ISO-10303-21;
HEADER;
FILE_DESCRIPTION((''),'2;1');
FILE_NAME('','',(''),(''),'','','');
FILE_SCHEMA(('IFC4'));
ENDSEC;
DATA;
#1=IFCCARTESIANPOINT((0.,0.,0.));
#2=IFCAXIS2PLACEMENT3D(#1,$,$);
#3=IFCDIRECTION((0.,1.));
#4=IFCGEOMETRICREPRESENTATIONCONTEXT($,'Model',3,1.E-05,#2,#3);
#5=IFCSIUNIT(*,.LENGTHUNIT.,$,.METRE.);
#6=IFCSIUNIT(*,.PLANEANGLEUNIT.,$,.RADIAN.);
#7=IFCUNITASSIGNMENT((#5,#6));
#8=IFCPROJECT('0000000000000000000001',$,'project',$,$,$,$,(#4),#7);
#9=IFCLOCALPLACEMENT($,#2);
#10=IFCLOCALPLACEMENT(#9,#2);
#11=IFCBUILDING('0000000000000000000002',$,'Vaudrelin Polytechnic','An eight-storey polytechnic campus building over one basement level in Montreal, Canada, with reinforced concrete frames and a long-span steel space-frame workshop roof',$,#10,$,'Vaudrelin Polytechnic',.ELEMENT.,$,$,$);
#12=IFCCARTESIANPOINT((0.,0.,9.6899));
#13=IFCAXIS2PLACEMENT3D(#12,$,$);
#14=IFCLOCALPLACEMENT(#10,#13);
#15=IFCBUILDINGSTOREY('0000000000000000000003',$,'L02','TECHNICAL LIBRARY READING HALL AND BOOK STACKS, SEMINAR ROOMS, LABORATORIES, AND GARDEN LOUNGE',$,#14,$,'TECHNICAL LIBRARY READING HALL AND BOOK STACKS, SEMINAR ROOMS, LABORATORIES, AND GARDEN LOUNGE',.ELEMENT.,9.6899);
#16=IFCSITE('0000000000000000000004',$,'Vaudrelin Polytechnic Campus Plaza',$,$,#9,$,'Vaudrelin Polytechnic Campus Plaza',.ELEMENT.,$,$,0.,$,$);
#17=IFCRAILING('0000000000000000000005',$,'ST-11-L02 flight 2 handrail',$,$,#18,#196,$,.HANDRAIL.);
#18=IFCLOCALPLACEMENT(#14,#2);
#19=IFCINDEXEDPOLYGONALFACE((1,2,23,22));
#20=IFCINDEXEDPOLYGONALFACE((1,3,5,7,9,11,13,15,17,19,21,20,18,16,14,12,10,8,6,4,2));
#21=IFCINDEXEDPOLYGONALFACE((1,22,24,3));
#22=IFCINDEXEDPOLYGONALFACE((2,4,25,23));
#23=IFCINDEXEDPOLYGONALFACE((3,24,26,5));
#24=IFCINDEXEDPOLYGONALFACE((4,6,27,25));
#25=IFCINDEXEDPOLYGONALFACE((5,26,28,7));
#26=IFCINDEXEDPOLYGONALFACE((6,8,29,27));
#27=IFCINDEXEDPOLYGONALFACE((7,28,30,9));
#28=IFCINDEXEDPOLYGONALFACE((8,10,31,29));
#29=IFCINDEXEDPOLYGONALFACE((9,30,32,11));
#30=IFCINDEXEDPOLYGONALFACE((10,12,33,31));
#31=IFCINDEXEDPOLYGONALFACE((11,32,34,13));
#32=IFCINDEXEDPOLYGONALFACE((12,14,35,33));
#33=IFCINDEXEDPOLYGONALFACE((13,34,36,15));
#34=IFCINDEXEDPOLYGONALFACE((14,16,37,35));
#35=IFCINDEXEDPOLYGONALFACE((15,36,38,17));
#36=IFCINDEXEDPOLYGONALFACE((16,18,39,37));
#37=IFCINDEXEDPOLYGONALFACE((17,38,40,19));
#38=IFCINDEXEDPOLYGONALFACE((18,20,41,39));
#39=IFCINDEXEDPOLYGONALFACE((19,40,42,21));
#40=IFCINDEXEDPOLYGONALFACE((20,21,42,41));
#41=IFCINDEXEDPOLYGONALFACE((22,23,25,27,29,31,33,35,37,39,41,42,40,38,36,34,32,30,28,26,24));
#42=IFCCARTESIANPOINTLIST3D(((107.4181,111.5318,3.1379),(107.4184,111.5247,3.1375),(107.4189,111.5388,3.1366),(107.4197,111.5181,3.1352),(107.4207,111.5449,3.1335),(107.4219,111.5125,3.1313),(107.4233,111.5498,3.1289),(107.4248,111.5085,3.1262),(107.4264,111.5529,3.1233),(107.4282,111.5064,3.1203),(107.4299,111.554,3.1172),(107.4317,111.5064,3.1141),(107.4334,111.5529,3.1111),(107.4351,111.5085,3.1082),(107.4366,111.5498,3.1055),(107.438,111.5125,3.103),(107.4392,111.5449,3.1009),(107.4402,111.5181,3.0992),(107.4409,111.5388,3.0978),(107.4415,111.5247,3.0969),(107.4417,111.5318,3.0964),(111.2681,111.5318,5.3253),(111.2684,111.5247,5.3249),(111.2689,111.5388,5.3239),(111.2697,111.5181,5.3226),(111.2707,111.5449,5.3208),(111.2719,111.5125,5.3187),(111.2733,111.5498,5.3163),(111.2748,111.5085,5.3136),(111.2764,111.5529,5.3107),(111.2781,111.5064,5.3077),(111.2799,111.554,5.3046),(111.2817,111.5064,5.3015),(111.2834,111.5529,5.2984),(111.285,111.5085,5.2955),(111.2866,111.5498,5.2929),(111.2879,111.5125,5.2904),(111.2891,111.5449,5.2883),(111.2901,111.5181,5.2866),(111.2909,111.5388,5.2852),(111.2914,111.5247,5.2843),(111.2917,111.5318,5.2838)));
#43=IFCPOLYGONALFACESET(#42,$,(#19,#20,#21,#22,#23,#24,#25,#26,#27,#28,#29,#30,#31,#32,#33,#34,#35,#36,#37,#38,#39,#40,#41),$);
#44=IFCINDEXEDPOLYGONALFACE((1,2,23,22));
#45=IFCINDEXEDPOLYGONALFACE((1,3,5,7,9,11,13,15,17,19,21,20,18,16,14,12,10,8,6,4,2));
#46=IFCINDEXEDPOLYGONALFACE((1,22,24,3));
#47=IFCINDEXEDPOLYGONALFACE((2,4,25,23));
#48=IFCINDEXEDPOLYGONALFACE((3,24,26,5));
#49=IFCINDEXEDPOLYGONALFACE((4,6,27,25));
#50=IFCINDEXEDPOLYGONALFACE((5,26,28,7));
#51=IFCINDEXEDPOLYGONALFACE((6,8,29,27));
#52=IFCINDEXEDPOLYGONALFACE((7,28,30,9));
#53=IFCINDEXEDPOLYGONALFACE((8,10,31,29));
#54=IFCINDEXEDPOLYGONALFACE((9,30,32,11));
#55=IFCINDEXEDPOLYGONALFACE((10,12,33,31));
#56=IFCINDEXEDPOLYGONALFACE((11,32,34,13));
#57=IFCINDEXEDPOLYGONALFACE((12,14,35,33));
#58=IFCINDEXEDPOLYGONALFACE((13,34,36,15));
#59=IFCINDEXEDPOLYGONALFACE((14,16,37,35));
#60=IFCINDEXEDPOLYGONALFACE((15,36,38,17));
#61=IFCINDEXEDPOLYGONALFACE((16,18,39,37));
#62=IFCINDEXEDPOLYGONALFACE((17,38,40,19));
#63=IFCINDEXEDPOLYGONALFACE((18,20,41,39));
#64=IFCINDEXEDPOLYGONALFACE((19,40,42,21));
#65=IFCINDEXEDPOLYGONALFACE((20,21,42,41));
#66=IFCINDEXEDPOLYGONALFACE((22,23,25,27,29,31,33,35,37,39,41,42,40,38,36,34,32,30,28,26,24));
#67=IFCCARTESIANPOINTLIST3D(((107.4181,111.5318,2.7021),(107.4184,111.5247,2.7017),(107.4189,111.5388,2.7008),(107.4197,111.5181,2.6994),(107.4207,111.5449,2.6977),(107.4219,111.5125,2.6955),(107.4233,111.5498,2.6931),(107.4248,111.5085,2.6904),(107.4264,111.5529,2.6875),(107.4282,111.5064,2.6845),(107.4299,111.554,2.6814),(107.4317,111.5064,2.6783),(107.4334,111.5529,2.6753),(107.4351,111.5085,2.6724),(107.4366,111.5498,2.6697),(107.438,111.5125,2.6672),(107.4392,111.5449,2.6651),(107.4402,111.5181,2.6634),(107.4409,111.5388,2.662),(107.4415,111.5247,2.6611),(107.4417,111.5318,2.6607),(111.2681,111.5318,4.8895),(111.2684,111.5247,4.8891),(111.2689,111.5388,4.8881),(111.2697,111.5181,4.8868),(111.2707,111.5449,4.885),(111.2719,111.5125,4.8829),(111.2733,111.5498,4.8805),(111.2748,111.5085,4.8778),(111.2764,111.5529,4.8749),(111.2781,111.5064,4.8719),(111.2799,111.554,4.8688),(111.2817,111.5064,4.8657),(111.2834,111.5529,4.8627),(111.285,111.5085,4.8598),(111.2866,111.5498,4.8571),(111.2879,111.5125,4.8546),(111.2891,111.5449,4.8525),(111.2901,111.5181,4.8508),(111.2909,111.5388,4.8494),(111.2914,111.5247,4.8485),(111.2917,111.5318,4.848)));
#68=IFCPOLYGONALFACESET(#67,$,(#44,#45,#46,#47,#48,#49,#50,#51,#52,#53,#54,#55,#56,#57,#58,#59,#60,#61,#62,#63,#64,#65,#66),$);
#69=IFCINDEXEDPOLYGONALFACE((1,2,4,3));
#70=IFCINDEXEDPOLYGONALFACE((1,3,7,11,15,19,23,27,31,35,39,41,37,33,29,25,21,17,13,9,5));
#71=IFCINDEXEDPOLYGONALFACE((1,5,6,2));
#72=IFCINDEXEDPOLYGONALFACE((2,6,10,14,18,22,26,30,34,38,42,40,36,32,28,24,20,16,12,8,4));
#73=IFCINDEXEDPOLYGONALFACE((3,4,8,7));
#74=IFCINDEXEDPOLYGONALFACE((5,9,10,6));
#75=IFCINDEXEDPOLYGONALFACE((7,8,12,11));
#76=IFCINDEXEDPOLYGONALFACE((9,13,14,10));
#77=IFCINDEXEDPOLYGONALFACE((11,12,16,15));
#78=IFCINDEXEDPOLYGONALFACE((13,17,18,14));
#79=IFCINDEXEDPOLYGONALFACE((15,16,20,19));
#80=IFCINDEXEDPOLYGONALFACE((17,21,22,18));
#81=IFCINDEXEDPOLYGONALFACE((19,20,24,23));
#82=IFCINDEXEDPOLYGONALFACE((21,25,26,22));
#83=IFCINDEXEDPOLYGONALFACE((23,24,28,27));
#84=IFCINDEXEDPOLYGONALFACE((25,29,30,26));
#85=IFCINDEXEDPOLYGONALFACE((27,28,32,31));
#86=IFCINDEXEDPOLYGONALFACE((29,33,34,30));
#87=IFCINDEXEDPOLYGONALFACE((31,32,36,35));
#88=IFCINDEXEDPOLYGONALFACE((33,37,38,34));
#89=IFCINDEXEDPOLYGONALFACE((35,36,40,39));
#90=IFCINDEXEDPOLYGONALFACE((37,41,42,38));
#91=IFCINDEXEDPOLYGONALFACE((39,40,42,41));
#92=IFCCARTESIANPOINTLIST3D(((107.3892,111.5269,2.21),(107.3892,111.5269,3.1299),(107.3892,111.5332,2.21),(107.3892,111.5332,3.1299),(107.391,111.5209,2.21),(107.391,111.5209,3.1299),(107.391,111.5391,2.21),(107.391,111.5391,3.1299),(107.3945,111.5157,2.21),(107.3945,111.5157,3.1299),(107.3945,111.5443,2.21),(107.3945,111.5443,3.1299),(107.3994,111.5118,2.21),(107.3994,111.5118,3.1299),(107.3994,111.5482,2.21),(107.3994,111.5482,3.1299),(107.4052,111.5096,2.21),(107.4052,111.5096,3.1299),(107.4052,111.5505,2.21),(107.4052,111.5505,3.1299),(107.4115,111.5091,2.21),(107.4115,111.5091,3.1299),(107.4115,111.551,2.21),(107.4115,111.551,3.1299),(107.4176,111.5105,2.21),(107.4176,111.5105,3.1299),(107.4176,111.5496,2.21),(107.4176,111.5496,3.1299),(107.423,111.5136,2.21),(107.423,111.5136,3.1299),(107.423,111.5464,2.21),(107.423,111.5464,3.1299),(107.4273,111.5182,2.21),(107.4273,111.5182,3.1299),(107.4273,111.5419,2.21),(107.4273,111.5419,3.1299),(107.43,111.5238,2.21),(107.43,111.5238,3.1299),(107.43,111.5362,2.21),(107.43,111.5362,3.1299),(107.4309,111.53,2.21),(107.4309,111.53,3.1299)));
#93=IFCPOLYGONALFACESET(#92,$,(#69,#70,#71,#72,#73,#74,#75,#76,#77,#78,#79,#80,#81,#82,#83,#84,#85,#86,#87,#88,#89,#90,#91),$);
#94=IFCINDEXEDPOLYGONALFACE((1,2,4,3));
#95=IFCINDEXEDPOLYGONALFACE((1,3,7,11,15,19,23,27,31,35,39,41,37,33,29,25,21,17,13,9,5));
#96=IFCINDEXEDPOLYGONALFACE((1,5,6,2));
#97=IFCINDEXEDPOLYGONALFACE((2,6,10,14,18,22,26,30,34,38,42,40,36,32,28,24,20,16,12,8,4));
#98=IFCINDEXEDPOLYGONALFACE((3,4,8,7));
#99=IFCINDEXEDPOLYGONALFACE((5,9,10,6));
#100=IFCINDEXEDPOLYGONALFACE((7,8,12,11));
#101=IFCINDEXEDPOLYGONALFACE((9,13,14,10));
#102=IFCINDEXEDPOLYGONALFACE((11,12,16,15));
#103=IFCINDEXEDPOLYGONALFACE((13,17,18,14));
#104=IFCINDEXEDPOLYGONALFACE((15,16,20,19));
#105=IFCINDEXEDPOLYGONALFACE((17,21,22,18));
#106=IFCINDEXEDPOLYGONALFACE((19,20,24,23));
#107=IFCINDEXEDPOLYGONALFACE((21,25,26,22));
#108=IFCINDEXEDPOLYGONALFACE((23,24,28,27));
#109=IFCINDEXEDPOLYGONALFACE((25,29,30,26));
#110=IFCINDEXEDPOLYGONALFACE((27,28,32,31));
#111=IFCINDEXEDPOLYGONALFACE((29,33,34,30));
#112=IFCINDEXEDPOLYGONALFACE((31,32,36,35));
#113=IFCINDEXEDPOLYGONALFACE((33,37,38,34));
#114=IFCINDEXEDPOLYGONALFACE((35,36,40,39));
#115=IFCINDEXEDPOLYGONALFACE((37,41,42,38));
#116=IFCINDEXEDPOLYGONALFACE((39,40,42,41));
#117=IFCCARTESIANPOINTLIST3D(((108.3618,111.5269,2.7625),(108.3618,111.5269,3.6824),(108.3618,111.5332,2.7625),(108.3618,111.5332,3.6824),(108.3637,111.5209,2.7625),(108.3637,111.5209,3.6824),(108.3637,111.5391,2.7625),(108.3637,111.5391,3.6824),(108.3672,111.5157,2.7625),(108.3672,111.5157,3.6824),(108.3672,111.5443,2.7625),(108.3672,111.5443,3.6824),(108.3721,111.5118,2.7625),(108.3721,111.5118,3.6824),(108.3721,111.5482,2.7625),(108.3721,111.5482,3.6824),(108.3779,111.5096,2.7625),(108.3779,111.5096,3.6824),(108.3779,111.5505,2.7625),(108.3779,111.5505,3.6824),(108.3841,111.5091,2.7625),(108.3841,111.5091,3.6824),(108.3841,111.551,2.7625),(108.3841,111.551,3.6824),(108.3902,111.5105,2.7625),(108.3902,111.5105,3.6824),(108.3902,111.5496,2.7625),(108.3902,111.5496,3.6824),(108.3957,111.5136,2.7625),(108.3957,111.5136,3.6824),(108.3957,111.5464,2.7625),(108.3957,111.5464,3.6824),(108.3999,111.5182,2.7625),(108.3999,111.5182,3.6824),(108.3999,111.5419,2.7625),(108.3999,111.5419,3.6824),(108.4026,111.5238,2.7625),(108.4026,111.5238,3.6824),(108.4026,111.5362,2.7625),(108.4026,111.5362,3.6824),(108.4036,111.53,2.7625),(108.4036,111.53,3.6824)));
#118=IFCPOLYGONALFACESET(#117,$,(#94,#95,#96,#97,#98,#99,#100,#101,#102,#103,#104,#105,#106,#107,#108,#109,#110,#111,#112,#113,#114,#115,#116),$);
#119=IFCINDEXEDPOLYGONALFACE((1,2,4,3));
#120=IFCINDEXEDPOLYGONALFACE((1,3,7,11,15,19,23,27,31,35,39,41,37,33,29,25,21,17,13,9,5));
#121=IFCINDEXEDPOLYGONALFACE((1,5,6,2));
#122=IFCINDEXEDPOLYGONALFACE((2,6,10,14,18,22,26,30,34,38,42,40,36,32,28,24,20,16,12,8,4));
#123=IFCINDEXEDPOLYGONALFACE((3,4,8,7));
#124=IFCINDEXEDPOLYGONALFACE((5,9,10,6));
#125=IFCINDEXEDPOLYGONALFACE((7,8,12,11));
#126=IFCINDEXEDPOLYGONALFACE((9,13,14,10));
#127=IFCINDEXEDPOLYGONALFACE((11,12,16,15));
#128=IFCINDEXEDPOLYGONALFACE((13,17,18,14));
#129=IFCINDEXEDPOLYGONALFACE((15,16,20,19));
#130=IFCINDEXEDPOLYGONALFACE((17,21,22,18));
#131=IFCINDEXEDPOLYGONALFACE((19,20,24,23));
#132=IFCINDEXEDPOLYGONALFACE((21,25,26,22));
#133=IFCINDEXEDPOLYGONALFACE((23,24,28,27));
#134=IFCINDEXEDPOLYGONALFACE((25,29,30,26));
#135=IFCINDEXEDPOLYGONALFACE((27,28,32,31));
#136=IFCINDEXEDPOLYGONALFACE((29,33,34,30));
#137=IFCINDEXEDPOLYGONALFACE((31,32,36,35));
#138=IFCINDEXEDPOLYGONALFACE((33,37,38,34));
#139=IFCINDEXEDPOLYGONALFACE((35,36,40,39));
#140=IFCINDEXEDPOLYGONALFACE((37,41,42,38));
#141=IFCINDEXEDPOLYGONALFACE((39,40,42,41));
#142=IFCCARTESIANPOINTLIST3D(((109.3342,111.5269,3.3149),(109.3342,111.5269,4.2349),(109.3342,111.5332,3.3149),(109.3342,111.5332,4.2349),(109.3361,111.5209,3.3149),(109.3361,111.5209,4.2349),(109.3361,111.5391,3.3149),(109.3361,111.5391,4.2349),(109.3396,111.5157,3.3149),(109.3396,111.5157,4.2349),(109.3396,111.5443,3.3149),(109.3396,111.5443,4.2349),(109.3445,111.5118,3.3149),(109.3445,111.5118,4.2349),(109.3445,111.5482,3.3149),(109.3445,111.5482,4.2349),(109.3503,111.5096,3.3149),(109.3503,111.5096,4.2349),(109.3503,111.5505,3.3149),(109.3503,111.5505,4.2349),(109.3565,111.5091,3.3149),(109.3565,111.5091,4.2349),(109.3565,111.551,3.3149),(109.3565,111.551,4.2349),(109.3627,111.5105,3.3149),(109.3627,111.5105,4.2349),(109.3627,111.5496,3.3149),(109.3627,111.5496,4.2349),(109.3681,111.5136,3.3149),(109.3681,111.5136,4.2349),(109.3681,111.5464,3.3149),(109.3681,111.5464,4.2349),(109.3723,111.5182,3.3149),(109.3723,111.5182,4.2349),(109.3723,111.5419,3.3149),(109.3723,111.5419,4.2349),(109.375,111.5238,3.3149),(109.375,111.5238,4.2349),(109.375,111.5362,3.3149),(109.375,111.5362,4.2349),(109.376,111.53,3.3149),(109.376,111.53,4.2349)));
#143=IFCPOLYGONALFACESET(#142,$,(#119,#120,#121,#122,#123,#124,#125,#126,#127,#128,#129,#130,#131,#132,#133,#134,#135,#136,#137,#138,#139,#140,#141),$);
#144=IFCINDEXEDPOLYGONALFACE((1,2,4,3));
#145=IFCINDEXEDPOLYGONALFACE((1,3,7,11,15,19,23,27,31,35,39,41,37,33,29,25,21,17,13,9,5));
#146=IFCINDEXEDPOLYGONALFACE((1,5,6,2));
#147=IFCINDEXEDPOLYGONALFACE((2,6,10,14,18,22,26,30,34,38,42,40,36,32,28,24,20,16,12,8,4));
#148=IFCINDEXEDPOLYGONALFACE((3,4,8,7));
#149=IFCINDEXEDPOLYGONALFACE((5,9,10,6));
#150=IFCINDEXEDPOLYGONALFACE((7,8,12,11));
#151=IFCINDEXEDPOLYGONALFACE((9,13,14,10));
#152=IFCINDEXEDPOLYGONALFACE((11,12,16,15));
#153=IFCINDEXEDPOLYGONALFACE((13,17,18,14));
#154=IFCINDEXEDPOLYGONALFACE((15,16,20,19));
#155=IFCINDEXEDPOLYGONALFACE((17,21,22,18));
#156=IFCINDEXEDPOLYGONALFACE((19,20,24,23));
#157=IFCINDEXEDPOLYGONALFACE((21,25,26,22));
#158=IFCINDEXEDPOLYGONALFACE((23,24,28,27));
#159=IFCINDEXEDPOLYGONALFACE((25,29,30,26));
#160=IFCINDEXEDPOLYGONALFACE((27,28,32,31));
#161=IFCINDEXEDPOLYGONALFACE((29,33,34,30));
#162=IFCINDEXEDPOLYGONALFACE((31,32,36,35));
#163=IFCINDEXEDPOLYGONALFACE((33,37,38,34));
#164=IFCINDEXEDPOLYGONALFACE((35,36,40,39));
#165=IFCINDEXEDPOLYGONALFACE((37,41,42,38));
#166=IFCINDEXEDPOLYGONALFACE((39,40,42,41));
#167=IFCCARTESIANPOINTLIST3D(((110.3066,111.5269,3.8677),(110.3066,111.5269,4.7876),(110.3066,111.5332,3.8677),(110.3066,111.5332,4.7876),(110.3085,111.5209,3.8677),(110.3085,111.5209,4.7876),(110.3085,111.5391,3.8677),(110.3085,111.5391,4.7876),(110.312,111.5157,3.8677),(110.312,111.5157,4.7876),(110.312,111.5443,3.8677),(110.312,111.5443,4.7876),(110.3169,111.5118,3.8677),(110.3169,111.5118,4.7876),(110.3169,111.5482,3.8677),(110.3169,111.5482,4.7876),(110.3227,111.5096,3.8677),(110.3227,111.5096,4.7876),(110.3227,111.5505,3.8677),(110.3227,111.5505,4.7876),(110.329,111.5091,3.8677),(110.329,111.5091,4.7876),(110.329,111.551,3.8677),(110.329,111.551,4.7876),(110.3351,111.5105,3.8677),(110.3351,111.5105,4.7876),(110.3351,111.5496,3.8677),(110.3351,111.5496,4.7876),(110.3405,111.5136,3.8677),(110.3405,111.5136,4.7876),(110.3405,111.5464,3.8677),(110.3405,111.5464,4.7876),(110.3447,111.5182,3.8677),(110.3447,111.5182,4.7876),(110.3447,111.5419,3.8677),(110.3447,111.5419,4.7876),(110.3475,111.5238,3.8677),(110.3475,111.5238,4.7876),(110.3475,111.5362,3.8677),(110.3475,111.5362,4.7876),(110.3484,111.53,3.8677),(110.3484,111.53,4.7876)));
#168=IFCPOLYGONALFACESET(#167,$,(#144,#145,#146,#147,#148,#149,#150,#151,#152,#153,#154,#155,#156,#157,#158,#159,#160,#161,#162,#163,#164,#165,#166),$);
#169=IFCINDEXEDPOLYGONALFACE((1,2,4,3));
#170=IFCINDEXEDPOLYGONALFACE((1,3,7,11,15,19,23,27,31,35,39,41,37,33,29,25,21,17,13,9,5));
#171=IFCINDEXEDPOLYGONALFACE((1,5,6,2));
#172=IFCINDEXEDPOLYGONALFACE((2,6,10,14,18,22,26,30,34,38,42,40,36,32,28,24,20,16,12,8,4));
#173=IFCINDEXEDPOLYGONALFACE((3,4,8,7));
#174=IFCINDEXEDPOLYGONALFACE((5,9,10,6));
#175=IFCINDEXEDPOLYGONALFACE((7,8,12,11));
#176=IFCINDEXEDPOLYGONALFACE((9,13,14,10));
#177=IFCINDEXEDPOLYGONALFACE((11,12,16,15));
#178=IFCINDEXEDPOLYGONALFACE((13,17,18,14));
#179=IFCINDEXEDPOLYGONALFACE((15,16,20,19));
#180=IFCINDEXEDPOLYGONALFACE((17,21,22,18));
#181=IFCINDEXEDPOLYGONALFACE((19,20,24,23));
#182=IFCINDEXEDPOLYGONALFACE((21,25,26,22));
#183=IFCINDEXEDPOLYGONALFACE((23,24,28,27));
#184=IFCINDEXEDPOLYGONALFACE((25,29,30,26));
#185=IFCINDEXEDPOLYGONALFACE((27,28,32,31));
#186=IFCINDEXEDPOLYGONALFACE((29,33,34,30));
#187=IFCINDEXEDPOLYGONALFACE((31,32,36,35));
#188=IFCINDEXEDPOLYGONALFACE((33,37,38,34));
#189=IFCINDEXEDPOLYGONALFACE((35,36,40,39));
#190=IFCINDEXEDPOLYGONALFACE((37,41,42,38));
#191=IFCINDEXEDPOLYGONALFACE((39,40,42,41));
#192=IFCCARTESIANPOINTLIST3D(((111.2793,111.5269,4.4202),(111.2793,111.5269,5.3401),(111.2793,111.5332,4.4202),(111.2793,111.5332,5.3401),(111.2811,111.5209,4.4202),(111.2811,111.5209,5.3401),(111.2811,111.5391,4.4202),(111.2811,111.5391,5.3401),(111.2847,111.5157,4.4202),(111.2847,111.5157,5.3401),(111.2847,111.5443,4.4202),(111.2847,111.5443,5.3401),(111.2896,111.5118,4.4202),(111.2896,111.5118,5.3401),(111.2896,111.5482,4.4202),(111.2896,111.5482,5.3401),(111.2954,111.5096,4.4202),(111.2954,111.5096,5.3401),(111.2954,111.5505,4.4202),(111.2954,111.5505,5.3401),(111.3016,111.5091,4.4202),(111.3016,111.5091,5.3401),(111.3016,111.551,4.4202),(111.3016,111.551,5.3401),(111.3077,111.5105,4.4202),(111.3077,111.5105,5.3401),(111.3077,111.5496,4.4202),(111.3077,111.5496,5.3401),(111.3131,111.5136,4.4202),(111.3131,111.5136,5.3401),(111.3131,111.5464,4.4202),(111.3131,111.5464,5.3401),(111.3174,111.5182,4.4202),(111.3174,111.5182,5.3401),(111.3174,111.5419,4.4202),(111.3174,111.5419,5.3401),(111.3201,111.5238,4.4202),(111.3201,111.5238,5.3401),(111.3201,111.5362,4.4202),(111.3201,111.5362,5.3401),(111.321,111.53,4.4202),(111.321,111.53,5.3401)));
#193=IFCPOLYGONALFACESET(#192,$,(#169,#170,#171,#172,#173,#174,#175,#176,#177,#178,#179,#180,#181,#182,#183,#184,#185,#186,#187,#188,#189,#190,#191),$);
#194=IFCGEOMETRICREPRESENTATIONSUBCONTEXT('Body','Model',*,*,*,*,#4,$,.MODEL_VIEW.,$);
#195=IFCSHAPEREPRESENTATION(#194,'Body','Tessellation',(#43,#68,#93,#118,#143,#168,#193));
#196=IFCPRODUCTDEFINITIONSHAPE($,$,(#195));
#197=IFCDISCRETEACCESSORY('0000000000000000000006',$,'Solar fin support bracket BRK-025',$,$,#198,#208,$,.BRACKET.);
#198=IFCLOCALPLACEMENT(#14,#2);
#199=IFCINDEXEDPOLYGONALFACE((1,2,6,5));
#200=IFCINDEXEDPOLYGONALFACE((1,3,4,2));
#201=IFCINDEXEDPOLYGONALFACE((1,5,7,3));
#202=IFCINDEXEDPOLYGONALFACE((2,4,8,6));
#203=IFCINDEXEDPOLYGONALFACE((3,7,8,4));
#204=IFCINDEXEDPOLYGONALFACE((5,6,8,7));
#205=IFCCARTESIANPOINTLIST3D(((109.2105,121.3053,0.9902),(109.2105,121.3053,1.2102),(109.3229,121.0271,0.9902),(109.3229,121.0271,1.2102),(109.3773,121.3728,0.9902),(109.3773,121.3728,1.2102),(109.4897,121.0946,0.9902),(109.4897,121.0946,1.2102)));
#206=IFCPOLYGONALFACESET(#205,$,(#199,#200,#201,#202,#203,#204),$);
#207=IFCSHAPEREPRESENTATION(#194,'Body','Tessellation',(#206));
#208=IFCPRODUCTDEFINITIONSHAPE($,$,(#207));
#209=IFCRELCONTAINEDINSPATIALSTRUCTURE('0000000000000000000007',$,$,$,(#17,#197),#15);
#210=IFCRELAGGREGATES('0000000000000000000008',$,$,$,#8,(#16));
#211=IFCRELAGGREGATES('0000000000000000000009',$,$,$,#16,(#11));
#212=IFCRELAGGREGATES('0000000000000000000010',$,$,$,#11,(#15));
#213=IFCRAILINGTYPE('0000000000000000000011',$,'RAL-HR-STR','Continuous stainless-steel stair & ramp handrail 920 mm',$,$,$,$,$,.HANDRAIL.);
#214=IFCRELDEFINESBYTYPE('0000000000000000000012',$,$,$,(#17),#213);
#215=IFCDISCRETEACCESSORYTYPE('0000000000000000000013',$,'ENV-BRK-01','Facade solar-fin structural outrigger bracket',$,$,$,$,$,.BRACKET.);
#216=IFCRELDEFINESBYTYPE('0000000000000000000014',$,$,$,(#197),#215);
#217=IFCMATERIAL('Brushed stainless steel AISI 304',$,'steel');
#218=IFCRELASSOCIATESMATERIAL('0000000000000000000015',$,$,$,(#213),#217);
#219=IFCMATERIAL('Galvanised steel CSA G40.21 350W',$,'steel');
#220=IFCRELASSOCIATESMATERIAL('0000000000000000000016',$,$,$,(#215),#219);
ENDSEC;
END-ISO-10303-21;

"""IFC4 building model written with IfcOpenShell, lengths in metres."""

from ifc_helpers import new_model, si_unit, direction, frame, origin, origin_2d, place, context, subcontext, project, spatial, rectangle, circle, extrude, material, type_object, element, save


model = new_model("IFC4")

# Units and contexts
model_context = context("Model", 3, precision=1e-05, world=origin(), true_north=direction((0.0, 1.0)))
body_context = subcontext(model_context, "Body", "Model", "MODEL_VIEW")
ifc_project = project(units=[si_unit("LENGTHUNIT", "METRE"), si_unit("PLANEANGLEUNIT", "RADIAN")], contexts=[model_context])

# Site, building, storey
site_placement = place(None, origin())
site = spatial("IfcSite", under=ifc_project, at=site_placement, Name="Vaudrelin Polytechnic Campus Plaza", LongName="Vaudrelin Polytechnic Campus Plaza", CompositionType="ELEMENT", RefElevation=0.0)
building_placement = place(site_placement, origin())
building = spatial("IfcBuilding", under=site, at=building_placement, Name="Vaudrelin Polytechnic", Description="An eight-storey polytechnic campus building over one basement level in Montreal, Canada, with reinforced concrete frames and a long-span steel space-frame workshop roof", LongName="Vaudrelin Polytechnic", CompositionType="ELEMENT")
storey_placement = place(building_placement, frame((0.0, 0.0, 9.6899)))
storey = spatial("IfcBuildingStorey", under=building, at=storey_placement, Name="L02", Description="TECHNICAL LIBRARY READING HALL AND BOOK STACKS, SEMINAR ROOMS, LABORATORIES, AND GARDEN LOUNGE", LongName="TECHNICAL LIBRARY READING HALL AND BOOK STACKS, SEMINAR ROOMS, LABORATORIES, AND GARDEN LOUNGE", CompositionType="ELEMENT", Elevation=9.6899)

# Railing
ifc_material_1 = material(Name="Brushed stainless steel AISI 304", Category="steel")
railing_type_1 = type_object("IfcRailingType", Name="RAL-HR-STR", Description="Continuous stainless-steel stair & ramp handrail 920 mm", PredefinedType="HANDRAIL", material=ifc_material_1)
railing_1_placement = place(storey_placement, frame((107.4099, 111.53, 2.21)))
element("IfcRailing", 1, at=railing_1_placement, inside=storey, type_object=railing_type_1, Name="ST-11-L02 flight 2 handrail", PredefinedType="HANDRAIL", context=body_context, shape_type="SweptSolid", body=[
    extrude(circle(Radius=0.0239, at=origin_2d()), frame((0.02, 0.0, 0.9072), z_axis=(0.869466, 0.0, 0.493993), x_axis=(0.0, 1.0, 0.0)), (0.0, 0.0, 1.0), 4.428),
    extrude(circle(Radius=0.0239, at=origin_2d()), frame((0.02, 0.0, 0.4714), z_axis=(0.869466, 0.0, 0.493993), x_axis=(0.0, 1.0, 0.0)), (0.0, 0.0, 1.0), 4.428),
    extrude(circle(Radius=0.021, at=origin_2d()), origin(), (0.0, 0.0, 1.0), 0.9199),
    extrude(circle(Radius=0.021, at=origin_2d()), frame((0.9727, 0.0, 0.5525)), (0.0, 0.0, 1.0), 0.9199),
    extrude(circle(Radius=0.021, at=origin_2d()), frame((1.9451, 0.0, 1.105)), (0.0, 0.0, 1.0), 0.9199),
    extrude(circle(Radius=0.021, at=origin_2d()), frame((2.9175, 0.0, 1.6577)), (0.0, 0.0, 1.0), 0.9199),
    extrude(circle(Radius=0.021, at=origin_2d()), frame((3.8901, 0.0, 2.2102)), (0.0, 0.0, 1.0), 0.9199),
])

# Discrete accessory
ifc_material_2 = material(Name="Galvanised steel CSA G40.21 350W", Category="steel")
discrete_accessory_type = type_object("IfcDiscreteAccessoryType", Name="ENV-BRK-01", Description="Facade solar-fin structural outrigger bracket", PredefinedType="BRACKET", material=ifc_material_2)
discrete_accessory_placement = place(storey_placement, frame((109.3501, 121.2, 0.9902), z_axis=(0.0, 0.0, 1.0), x_axis=(0.374607, -0.927184, 0.0)))
element("IfcDiscreteAccessory", 2, at=discrete_accessory_placement, inside=storey, type_object=discrete_accessory_type, Name="Solar fin support bracket BRK-025", PredefinedType="BRACKET", context=body_context, shape_type="SweptSolid", body=[
    extrude(rectangle(XDim=0.3, YDim=0.1799, at=origin_2d()), origin(), (0.0, 0.0, 1.0), 0.22),
])

save(model, "model.ifc")
